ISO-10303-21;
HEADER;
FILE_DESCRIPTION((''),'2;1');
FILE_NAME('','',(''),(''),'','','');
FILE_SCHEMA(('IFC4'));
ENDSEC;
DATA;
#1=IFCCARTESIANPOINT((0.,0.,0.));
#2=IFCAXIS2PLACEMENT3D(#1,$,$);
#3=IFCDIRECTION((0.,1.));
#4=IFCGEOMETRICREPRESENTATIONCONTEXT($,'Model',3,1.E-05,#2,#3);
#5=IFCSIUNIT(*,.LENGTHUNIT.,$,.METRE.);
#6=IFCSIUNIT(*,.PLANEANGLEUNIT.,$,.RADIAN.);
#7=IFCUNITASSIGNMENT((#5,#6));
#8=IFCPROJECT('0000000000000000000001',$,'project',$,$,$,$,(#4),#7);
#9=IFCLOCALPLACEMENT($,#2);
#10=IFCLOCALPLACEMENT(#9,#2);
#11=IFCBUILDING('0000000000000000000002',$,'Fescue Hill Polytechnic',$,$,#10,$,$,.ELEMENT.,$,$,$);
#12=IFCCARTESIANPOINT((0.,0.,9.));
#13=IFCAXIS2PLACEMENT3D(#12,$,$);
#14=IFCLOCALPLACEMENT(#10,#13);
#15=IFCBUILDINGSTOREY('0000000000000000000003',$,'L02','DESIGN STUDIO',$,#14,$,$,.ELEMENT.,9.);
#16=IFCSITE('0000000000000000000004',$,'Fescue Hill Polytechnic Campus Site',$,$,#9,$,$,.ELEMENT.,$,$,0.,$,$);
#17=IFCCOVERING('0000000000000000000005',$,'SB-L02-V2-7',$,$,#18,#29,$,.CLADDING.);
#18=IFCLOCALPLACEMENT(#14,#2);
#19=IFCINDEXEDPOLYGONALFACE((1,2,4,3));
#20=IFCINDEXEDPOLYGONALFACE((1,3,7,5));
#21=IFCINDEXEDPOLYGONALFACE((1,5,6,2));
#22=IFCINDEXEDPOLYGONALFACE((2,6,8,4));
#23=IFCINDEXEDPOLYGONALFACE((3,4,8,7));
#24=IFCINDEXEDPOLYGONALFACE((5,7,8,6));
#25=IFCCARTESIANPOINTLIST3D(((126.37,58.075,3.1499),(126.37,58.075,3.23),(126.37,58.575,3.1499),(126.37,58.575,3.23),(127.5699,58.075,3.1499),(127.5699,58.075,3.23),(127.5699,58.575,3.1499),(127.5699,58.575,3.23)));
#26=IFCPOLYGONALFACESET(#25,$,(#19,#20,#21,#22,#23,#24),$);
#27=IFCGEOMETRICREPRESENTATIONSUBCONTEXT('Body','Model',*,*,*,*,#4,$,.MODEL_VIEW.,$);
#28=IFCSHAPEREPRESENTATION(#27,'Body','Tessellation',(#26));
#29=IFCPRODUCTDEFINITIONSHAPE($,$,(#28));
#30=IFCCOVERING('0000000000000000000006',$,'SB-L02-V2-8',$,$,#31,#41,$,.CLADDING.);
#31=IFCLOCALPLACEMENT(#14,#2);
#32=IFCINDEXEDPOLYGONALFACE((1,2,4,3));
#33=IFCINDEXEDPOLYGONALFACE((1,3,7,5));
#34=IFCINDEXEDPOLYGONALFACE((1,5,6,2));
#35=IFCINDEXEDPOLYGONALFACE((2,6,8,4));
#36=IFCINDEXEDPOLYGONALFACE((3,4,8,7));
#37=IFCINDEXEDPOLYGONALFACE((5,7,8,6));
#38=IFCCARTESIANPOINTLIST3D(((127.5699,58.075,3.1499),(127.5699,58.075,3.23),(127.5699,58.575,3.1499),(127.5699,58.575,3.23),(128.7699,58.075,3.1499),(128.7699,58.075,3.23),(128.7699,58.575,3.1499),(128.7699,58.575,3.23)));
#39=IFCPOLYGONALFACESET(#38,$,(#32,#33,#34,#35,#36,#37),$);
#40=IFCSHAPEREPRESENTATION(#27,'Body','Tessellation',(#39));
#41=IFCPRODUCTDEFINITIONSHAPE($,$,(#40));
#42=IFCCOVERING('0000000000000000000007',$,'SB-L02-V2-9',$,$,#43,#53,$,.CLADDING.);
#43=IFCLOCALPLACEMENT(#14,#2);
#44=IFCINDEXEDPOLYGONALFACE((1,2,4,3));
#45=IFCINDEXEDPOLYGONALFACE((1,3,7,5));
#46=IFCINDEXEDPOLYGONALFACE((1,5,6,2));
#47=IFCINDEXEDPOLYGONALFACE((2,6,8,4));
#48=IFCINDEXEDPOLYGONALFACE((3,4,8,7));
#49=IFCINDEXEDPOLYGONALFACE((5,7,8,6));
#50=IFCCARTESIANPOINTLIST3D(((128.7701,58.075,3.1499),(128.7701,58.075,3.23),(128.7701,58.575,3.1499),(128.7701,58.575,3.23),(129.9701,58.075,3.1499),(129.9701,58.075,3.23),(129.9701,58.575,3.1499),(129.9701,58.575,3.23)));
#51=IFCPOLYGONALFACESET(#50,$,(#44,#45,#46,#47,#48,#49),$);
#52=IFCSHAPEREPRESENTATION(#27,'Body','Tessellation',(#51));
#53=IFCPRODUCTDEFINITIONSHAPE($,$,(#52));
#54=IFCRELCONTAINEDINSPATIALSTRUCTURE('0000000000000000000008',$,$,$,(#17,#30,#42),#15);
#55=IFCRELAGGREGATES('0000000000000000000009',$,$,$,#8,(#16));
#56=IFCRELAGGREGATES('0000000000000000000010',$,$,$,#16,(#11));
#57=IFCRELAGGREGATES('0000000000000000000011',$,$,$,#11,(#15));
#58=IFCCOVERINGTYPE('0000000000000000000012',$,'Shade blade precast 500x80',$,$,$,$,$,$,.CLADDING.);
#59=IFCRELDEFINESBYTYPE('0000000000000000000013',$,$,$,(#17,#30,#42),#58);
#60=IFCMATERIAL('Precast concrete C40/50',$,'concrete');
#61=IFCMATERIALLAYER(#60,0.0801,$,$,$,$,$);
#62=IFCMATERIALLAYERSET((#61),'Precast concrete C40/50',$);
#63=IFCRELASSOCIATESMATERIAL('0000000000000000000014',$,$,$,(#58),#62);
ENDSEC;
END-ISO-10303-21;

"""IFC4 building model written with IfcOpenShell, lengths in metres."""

from ifc_helpers import new_model, si_unit, direction, frame, origin, origin_2d, place, context, subcontext, project, spatial, rectangle, extrude, material, layer, layer_set, type_object, element, save


model = new_model("IFC4")

# Units and contexts
model_context = context("Model", 3, precision=1e-05, world=origin(), true_north=direction((0.0, 1.0)))
body_context = subcontext(model_context, "Body", "Model", "MODEL_VIEW")
ifc_project = project(units=[si_unit("LENGTHUNIT", "METRE"), si_unit("PLANEANGLEUNIT", "RADIAN")], contexts=[model_context])

# Site, building, storey
site_placement = place(None, origin())
site = spatial("IfcSite", under=ifc_project, at=site_placement, Name="Fescue Hill Polytechnic Campus Site", CompositionType="ELEMENT", RefElevation=0.0)
building_placement = place(site_placement, origin())
building = spatial("IfcBuilding", under=site, at=building_placement, Name="Fescue Hill Polytechnic", CompositionType="ELEMENT")
storey_placement = place(building_placement, frame((0.0, 0.0, 9.0)))
storey = spatial("IfcBuildingStorey", under=building, at=storey_placement, Name="L02", Description="DESIGN STUDIO", CompositionType="ELEMENT", Elevation=9.0)

# Coverings
ifc_material_1 = material(Name="Precast concrete C40/50", Category="concrete")
ifc_layer_1 = layer(ifc_material_1, 0.0801)
ifc_layer_set_1 = layer_set([ifc_layer_1], Name="Precast concrete C40/50")
covering_type = type_object("IfcCoveringType", Name="Shade blade precast 500x80", PredefinedType="CLADDING", material=ifc_layer_set_1)
for number, where, z_axis, x_axis, name in (
    (1, (126.97, 58.325, 3.1499), (0.0, 0.0, 1.0), (1.0, 0.0, 0.0), "SB-L02-V2-7"),
    (2, (128.1699, 58.325, 3.1499), (0.0, 0.0, 1.0), (1.0, 0.0, 0.0), "SB-L02-V2-8"),
    (3, (129.3701, 58.325, 3.1499), (0.0, 0.0, 1.0), (1.0, 0.0, 0.0), "SB-L02-V2-9"),
):
    element("IfcCovering", number, at=place(storey_placement, frame(where, z_axis=z_axis, x_axis=x_axis)), inside=storey, type_object=covering_type, Name=name, PredefinedType="CLADDING", context=body_context, shape_type="SweptSolid", body=[
        extrude(rectangle(XDim=1.2, YDim=0.5, at=origin_2d()), origin(), (0.0, 0.0, 1.0), 0.0801),
    ])

save(model, "model.ifc")
